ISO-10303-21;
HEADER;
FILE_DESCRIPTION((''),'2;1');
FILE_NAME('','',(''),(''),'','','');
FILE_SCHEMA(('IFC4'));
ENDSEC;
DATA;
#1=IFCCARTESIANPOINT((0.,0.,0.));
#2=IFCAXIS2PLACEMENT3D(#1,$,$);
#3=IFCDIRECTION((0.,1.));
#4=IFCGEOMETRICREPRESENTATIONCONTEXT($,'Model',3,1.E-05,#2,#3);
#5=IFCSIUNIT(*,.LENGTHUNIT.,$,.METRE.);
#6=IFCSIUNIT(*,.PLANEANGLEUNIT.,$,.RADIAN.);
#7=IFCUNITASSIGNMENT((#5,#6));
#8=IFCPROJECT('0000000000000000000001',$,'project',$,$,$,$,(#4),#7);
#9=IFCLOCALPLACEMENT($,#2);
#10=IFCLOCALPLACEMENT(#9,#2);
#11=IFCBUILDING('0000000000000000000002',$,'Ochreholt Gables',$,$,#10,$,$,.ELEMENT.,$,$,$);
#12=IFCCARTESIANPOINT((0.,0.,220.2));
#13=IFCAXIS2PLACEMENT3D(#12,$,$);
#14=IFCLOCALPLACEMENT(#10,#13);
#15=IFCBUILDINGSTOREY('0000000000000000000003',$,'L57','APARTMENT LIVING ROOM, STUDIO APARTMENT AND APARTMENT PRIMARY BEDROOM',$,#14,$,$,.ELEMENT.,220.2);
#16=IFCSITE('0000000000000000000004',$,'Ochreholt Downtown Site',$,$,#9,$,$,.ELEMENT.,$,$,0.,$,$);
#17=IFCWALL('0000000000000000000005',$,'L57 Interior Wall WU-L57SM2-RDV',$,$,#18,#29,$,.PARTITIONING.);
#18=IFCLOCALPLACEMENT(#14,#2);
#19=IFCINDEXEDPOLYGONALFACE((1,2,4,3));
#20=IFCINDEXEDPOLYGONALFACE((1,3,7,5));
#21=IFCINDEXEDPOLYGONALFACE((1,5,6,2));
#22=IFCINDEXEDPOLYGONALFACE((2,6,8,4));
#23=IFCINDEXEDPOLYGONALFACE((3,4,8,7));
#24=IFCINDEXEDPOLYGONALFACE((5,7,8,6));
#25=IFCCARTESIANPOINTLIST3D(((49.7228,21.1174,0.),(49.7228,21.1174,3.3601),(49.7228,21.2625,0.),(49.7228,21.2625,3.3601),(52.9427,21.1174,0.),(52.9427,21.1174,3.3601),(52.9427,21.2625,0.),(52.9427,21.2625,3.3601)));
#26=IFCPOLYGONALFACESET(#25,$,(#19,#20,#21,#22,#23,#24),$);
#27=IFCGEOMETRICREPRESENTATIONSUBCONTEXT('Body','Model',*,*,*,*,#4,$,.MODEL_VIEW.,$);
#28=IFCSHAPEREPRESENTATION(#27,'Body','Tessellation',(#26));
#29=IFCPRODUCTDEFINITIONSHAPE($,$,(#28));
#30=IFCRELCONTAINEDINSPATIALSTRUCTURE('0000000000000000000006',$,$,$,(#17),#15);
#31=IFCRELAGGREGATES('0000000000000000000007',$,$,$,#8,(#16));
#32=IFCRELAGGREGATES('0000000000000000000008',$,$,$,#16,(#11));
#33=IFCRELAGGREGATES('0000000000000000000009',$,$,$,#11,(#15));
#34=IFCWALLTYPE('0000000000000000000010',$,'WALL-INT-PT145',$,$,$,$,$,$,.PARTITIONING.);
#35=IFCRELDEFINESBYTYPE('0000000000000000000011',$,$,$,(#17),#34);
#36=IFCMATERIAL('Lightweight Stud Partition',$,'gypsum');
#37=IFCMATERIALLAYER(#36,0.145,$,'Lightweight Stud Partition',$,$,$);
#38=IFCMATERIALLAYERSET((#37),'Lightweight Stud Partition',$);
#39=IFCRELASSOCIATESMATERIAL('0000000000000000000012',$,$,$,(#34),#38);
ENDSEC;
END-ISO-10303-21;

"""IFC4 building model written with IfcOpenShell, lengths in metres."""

from ifc_helpers import new_model, si_unit, direction, frame, frame_2d, origin, place, context, subcontext, project, spatial, rectangle, extrude, material, layer, layer_set, type_object, element, save


model = new_model("IFC4")

# Units and contexts
model_context = context("Model", 3, precision=1e-05, world=origin(), true_north=direction((0.0, 1.0)))
body_context = subcontext(model_context, "Body", "Model", "MODEL_VIEW")
ifc_project = project(units=[si_unit("LENGTHUNIT", "METRE"), si_unit("PLANEANGLEUNIT", "RADIAN")], contexts=[model_context])

# Site, building, storey
site_placement = place(None, origin())
site = spatial("IfcSite", under=ifc_project, at=site_placement, Name="Ochreholt Downtown Site", CompositionType="ELEMENT", RefElevation=0.0)
building_placement = place(site_placement, origin())
building = spatial("IfcBuilding", under=site, at=building_placement, Name="Ochreholt Gables", CompositionType="ELEMENT")
storey_placement = place(building_placement, frame((0.0, 0.0, 220.2)))
storey = spatial("IfcBuildingStorey", under=building, at=storey_placement, Name="L57", Description="APARTMENT LIVING ROOM, STUDIO APARTMENT AND APARTMENT PRIMARY BEDROOM", CompositionType="ELEMENT", Elevation=220.2)

# Shared definitions
ifc_material_1 = material(Name="Lightweight Stud Partition", Category="gypsum")
ifc_layer_1 = layer(ifc_material_1, 0.145, Name="Lightweight Stud Partition")
ifc_layer_set_1 = layer_set([ifc_layer_1], Name="Lightweight Stud Partition")
wall_type_1 = type_object("IfcWallType", Name="WALL-INT-PT145", PredefinedType="PARTITIONING", material=ifc_layer_set_1)

# Wall
wall_1_placement = place(storey_placement, frame((49.7229, 21.1899, 0.0), z_axis=(0.0, 0.0, 1.0), x_axis=(1.0, 0.0, 0.0)))
element("IfcWall", 1, at=wall_1_placement, inside=storey, type_object=wall_type_1, Name="L57 Interior Wall WU-L57SM2-RDV", PredefinedType="PARTITIONING", context=body_context, shape_type="SweptSolid", body=[
    extrude(rectangle(XDim=3.22, YDim=0.145, at=frame_2d((1.6099, 0.0))), origin(), (0.0, 0.0, 1.0), 3.3601),
])

save(model, "model.ifc")
